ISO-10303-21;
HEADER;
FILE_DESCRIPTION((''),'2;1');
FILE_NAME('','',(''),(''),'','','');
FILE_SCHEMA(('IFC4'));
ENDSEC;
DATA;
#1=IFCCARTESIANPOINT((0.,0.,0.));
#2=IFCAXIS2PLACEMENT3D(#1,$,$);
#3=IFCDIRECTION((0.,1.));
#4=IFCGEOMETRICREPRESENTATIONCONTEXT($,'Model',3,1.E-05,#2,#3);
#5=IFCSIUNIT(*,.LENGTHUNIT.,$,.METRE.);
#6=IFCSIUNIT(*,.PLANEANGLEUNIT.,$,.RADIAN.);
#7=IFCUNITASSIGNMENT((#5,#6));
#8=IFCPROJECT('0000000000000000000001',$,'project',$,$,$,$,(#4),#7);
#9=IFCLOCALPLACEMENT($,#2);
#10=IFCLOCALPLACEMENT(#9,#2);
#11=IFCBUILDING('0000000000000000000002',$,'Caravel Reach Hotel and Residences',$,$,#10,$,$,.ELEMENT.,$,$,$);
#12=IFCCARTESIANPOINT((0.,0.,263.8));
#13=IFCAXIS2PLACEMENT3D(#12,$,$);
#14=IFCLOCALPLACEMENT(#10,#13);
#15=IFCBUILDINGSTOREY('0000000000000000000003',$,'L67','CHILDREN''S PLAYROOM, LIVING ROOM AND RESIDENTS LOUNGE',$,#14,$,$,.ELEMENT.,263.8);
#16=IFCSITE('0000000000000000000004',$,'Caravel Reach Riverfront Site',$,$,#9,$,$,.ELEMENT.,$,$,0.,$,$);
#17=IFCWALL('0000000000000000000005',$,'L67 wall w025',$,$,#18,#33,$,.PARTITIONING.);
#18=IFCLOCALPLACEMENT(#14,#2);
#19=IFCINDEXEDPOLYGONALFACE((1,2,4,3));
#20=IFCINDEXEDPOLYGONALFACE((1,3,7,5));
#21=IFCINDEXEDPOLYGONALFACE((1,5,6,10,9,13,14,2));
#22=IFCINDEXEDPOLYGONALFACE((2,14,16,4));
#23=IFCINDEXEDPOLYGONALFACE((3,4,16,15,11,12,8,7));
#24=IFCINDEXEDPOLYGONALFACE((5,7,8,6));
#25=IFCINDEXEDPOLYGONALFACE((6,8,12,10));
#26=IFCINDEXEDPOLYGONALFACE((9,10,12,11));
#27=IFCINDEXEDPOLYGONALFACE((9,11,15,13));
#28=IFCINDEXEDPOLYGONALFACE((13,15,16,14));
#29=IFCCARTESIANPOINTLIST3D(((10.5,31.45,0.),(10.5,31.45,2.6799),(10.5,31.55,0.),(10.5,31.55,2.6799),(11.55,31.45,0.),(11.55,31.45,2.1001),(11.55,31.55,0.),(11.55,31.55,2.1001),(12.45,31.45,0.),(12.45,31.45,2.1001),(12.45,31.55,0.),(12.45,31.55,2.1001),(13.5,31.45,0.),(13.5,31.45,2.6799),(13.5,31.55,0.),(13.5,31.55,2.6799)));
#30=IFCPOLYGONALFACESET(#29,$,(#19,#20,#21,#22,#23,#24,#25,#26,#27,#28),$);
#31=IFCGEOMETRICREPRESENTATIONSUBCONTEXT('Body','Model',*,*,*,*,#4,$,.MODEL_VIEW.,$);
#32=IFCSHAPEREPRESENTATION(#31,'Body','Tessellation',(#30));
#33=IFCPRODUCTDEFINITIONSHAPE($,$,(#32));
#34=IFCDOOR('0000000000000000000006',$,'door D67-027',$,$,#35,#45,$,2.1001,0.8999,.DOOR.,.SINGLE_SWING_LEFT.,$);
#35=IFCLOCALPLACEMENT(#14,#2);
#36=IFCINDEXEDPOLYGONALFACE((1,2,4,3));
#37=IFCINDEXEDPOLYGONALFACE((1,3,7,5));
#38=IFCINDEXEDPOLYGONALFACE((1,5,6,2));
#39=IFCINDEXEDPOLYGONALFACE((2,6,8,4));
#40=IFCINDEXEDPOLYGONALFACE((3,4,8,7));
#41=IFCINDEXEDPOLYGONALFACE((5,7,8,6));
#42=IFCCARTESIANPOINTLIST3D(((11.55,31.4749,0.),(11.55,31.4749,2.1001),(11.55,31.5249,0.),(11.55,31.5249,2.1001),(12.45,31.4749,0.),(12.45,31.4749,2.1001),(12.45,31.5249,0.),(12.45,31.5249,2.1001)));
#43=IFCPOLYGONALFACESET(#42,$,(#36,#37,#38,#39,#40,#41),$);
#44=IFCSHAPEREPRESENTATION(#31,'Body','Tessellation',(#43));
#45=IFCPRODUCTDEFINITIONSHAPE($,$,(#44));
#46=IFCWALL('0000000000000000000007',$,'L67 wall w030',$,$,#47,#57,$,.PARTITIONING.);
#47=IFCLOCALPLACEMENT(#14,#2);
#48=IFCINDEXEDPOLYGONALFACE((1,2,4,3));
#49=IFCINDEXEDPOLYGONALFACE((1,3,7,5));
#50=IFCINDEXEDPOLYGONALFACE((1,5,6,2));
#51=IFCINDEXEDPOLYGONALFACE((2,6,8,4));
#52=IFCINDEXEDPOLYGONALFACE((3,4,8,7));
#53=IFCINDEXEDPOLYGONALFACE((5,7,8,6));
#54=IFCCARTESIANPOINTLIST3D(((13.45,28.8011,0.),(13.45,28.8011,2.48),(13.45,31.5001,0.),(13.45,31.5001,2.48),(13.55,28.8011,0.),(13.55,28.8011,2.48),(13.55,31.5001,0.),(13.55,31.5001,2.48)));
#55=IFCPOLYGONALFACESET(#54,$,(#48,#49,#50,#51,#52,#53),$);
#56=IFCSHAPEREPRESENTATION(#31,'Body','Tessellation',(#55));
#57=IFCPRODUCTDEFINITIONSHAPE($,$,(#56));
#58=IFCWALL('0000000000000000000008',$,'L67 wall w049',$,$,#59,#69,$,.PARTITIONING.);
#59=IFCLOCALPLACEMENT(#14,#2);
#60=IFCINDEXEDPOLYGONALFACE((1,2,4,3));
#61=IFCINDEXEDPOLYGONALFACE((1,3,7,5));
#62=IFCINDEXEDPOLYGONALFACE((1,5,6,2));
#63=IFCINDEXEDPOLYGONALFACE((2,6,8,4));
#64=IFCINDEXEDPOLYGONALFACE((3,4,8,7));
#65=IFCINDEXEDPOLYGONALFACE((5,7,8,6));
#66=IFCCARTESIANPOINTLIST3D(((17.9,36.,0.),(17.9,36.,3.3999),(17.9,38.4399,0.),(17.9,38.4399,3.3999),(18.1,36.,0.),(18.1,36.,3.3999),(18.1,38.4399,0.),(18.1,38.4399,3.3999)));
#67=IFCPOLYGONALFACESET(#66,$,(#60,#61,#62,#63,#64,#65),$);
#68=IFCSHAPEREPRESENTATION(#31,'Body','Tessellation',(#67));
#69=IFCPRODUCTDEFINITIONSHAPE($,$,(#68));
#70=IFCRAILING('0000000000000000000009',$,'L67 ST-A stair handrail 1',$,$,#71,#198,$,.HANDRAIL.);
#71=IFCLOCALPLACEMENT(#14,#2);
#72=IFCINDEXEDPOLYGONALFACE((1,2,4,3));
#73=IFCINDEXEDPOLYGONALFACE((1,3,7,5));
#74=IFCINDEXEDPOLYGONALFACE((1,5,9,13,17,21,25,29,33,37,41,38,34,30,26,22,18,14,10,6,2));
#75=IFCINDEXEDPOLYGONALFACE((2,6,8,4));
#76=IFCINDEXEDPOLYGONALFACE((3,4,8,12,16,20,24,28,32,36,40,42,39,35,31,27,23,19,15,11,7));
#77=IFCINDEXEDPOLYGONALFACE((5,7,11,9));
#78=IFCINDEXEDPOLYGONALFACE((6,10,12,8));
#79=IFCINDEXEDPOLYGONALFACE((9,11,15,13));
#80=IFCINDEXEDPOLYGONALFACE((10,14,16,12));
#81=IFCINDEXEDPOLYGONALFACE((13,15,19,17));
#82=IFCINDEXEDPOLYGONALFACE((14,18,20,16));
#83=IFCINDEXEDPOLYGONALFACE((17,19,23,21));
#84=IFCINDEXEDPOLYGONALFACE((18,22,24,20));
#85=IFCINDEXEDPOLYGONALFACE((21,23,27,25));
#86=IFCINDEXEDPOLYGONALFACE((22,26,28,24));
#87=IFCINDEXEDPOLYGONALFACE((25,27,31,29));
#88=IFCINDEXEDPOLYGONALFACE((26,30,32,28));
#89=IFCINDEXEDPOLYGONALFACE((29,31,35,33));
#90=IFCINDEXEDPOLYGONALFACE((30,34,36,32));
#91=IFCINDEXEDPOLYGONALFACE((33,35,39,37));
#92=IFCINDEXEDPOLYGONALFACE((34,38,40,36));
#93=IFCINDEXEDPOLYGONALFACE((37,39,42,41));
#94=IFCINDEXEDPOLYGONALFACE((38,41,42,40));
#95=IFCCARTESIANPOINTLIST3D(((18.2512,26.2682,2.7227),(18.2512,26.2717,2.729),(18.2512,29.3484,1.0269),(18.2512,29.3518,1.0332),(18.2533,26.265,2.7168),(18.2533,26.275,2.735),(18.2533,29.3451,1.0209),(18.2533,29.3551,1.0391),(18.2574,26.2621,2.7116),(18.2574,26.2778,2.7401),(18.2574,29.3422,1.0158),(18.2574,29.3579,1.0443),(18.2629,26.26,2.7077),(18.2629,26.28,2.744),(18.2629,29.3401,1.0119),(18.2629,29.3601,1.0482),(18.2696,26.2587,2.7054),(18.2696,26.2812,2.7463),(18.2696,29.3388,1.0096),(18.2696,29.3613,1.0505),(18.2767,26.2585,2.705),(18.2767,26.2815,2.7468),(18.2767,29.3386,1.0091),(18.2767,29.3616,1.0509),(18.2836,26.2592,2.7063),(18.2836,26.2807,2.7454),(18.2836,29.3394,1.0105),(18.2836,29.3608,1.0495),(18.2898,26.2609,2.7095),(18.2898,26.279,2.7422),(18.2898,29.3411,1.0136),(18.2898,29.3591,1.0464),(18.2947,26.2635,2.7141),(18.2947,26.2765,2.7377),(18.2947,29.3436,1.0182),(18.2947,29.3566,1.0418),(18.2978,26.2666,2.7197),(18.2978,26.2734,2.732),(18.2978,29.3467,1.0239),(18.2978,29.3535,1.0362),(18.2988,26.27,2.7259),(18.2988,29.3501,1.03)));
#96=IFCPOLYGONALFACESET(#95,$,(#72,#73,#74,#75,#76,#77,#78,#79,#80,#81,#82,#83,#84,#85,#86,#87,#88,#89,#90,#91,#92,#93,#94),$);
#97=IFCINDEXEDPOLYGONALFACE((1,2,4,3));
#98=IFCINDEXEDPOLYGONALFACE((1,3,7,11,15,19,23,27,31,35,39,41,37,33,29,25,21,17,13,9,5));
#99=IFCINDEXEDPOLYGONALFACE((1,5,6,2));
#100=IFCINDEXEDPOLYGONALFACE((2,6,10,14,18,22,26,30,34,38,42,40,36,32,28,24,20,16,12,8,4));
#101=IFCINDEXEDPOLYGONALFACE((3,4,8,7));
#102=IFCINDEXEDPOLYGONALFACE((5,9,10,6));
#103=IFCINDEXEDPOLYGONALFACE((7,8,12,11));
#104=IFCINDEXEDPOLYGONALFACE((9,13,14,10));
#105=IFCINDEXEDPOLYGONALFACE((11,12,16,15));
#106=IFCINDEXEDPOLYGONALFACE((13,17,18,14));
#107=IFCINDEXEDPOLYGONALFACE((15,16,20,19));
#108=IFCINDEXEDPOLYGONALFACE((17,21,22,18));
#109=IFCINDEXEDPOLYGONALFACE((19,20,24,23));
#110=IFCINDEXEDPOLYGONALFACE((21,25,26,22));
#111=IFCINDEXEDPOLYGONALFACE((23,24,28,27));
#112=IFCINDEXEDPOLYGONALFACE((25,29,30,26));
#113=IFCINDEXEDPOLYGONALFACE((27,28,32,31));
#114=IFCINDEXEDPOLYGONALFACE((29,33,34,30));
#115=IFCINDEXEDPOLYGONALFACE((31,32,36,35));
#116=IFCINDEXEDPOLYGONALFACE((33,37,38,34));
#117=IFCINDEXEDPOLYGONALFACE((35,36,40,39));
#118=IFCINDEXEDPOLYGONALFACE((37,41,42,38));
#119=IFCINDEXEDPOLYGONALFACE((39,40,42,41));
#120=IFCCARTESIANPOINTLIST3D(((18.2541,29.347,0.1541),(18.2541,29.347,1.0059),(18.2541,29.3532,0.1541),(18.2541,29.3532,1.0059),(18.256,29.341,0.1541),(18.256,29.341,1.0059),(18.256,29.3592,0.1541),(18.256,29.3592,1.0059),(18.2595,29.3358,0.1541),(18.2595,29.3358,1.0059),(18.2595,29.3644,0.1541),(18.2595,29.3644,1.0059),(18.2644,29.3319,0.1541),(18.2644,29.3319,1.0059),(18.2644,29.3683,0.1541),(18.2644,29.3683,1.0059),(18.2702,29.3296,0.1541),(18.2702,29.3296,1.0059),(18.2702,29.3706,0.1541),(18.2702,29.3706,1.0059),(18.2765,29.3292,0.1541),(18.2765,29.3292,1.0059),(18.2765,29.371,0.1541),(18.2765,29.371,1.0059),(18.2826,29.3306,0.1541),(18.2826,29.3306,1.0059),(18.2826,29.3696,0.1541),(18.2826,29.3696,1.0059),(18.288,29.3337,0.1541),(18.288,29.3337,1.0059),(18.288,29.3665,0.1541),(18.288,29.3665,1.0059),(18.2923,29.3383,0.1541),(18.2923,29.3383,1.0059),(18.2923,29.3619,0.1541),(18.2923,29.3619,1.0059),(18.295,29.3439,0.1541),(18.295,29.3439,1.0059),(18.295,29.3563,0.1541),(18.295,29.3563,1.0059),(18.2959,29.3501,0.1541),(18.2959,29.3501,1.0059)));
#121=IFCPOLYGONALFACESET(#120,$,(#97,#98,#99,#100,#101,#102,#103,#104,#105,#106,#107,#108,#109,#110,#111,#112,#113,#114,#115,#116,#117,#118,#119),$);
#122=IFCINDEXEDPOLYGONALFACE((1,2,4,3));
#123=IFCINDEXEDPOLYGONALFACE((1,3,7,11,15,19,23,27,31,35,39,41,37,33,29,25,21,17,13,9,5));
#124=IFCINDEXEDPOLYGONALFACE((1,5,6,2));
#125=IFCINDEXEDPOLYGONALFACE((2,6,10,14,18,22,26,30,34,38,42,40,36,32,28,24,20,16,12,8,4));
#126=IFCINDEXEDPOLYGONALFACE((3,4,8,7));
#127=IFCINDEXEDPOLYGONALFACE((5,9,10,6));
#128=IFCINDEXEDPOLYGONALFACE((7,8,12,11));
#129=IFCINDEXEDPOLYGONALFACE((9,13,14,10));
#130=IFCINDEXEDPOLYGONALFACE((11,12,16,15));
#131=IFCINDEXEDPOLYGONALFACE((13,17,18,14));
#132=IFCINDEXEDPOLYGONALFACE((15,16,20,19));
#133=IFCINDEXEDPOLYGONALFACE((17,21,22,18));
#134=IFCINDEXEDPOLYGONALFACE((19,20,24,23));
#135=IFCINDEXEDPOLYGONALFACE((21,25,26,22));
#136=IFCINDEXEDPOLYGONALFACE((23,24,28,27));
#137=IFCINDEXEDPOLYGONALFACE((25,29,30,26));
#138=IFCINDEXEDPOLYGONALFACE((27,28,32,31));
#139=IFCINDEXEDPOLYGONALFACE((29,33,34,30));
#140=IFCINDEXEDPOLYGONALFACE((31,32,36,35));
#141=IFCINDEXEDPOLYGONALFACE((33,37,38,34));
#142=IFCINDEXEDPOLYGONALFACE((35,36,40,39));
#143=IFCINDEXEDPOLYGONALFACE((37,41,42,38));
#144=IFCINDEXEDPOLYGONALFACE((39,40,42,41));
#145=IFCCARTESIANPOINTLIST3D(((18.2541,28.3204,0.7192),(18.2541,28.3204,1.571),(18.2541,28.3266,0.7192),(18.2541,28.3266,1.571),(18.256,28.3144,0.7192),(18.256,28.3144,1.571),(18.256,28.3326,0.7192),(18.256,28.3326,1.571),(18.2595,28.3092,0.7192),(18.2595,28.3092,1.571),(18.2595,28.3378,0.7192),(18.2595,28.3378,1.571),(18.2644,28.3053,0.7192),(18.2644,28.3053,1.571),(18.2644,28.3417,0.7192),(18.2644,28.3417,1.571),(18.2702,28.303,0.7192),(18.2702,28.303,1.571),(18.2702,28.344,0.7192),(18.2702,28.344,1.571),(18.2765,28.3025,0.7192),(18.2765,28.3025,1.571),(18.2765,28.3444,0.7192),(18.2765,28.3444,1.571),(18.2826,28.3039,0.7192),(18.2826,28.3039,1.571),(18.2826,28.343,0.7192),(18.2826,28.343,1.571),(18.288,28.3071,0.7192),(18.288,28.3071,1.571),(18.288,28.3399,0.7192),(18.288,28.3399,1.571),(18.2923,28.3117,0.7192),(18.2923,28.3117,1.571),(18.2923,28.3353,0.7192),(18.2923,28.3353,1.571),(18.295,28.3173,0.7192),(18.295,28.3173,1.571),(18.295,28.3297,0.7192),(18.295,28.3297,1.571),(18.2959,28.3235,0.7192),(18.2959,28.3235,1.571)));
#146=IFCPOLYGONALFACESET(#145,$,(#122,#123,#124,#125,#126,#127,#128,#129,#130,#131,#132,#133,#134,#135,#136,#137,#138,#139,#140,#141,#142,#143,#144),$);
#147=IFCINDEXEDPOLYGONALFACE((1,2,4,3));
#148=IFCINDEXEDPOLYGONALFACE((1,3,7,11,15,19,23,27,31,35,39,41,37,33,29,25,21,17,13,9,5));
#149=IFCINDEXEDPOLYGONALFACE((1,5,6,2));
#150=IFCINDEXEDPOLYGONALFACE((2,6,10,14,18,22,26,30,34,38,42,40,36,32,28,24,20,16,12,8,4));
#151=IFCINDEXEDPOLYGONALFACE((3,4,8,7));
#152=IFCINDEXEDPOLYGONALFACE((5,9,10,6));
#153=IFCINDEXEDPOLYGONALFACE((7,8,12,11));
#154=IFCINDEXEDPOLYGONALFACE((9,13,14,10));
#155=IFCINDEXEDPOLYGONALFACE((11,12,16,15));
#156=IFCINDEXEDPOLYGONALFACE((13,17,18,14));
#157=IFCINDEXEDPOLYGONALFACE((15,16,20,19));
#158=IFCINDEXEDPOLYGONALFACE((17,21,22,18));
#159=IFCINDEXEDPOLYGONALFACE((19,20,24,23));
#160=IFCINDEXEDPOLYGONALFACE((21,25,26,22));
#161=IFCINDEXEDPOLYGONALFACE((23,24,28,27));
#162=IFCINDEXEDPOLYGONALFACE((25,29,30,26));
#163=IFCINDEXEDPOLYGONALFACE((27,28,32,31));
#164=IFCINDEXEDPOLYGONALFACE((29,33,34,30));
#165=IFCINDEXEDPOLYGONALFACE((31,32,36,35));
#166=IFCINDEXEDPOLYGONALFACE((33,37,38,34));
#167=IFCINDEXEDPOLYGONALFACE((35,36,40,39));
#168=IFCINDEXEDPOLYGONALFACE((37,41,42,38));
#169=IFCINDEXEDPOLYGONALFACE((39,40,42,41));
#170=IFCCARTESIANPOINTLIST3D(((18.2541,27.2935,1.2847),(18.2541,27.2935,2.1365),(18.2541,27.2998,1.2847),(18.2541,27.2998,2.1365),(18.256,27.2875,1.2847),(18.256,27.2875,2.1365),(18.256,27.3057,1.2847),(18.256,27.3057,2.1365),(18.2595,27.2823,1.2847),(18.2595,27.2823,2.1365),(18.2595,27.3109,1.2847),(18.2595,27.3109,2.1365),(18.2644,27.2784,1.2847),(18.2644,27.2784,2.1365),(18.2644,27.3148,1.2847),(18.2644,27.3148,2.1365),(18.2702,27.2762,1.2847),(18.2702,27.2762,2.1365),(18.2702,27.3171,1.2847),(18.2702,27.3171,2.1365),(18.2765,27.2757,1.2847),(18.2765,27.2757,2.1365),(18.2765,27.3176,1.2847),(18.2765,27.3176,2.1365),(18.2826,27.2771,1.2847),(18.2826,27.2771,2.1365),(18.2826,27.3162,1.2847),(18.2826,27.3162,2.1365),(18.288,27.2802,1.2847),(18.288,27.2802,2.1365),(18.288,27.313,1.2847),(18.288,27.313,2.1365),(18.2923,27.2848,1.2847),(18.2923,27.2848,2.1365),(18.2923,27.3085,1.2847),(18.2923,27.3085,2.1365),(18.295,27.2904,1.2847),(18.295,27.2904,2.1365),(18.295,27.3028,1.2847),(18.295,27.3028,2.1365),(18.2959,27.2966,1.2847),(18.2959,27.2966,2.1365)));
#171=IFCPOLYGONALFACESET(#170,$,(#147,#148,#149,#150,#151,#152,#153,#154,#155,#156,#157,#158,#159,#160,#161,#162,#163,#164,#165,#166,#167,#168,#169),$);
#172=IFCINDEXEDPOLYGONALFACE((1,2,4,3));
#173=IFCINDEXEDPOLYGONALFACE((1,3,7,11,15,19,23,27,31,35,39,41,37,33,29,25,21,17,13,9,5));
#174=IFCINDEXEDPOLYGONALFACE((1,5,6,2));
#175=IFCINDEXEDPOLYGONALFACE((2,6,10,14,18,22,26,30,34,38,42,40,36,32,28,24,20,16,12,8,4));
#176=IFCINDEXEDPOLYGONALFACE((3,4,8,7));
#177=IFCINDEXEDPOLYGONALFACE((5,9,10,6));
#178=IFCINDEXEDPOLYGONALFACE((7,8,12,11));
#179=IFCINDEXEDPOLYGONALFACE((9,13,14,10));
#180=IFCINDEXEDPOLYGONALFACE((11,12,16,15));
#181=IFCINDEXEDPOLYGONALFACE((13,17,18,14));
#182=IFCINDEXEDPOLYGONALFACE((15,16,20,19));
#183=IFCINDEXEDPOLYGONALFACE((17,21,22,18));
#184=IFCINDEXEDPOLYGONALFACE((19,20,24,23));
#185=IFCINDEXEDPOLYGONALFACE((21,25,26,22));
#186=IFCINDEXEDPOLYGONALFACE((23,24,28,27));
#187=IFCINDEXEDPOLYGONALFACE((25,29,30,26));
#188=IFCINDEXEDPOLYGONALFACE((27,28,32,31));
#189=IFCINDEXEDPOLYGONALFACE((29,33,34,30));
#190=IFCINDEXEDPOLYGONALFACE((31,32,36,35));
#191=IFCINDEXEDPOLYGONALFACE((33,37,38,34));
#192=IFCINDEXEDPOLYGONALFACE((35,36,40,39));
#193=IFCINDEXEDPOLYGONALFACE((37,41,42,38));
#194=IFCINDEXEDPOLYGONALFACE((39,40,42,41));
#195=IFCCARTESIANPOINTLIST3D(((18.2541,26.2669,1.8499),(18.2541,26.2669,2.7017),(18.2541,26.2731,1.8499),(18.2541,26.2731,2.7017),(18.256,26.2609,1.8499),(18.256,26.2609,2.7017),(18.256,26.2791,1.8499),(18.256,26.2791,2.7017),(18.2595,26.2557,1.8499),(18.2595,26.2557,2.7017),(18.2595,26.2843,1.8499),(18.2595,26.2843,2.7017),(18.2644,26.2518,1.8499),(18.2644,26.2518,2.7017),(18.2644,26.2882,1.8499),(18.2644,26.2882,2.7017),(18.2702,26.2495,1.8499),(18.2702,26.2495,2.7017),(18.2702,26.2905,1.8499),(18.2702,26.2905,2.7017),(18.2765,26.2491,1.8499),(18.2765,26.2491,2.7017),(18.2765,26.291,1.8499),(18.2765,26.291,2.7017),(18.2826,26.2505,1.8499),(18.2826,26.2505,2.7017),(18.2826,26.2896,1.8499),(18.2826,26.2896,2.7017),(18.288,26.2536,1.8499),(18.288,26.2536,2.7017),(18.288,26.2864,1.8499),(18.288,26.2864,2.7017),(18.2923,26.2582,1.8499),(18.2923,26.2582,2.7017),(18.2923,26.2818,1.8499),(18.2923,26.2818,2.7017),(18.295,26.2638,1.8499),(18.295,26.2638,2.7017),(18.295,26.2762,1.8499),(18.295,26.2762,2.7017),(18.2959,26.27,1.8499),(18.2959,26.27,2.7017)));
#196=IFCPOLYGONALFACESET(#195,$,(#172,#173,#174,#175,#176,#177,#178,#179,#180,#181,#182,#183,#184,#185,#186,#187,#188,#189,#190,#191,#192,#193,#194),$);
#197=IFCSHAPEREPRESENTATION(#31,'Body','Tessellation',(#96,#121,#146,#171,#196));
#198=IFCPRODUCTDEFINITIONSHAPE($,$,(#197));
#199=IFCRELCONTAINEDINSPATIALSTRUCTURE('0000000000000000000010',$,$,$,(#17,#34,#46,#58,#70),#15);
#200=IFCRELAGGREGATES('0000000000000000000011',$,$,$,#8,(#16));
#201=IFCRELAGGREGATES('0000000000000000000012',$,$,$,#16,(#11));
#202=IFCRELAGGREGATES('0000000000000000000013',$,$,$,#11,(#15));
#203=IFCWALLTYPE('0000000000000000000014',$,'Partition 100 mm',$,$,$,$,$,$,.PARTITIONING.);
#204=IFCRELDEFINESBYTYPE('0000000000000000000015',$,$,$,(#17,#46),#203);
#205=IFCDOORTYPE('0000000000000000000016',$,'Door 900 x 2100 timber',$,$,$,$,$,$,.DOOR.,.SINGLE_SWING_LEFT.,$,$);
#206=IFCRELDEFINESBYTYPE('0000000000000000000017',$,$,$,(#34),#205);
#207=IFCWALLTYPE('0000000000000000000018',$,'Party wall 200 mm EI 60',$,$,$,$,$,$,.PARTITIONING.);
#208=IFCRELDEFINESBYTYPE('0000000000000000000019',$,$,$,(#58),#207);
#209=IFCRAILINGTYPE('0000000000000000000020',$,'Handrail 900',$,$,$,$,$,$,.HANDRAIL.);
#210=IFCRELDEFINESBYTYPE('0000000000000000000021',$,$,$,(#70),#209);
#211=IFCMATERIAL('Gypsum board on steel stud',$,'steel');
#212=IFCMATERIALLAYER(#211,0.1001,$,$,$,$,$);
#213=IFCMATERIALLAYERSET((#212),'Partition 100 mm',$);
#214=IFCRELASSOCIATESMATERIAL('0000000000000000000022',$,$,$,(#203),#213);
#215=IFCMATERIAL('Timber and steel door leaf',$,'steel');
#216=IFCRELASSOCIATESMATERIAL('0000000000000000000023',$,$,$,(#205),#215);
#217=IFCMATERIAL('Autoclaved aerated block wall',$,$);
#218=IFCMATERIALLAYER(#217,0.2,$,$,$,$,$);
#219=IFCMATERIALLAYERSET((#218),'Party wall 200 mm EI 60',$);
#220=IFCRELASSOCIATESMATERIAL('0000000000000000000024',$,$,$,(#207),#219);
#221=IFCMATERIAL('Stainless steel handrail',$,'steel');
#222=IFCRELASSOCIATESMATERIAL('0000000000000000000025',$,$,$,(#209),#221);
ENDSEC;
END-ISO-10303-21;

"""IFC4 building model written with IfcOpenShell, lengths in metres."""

from ifc_helpers import new_model, si_unit, direction, frame, frame_2d, origin, origin_2d, place, context, subcontext, project, spatial, rectangle, circle, extrude, material, layer, layer_set, type_object, element, fill, save


model = new_model("IFC4")

# Units and contexts
model_context = context("Model", 3, precision=1e-05, world=origin(), true_north=direction((0.0, 1.0)))
body_context = subcontext(model_context, "Body", "Model", "MODEL_VIEW")
ifc_project = project(units=[si_unit("LENGTHUNIT", "METRE"), si_unit("PLANEANGLEUNIT", "RADIAN")], contexts=[model_context])

# Site, building, storey
site_placement = place(None, origin())
site = spatial("IfcSite", under=ifc_project, at=site_placement, Name="Caravel Reach Riverfront Site", CompositionType="ELEMENT", RefElevation=0.0)
building_placement = place(site_placement, origin())
building = spatial("IfcBuilding", under=site, at=building_placement, Name="Caravel Reach Hotel and Residences", CompositionType="ELEMENT")
storey_placement = place(building_placement, frame((0.0, 0.0, 263.8)))
storey = spatial("IfcBuildingStorey", under=building, at=storey_placement, Name="L67", Description="CHILDREN'S PLAYROOM, LIVING ROOM AND RESIDENTS LOUNGE", CompositionType="ELEMENT", Elevation=263.8)

# Wall, opening, door
ifc_material_1 = material(Name="Gypsum board on steel stud", Category="steel")
ifc_layer_1 = layer(ifc_material_1, 0.1001)
ifc_layer_set_1 = layer_set([ifc_layer_1], Name="Partition 100 mm")
wall_type_1 = type_object("IfcWallType", Name="Partition 100 mm", PredefinedType="PARTITIONING", material=ifc_layer_set_1)
wall_1_placement = place(storey_placement, frame((10.5, 31.5, 0.0), z_axis=(0.0, 0.0, 1.0), x_axis=(1.0, 0.0, 0.0)))
wall_1 = element("IfcWall", 1, at=wall_1_placement, inside=storey, type_object=wall_type_1, Name="L67 wall w025", PredefinedType="PARTITIONING", context=body_context, shape_type="SweptSolid", body=[
    extrude(rectangle(XDim=3.0, YDim=0.1001, at=frame_2d((1.5, 0.0))), origin(), (0.0, 0.0, 1.0), 2.6799),
])
opening_1_placement = place(wall_1_placement, frame((1.05, 0.0, 0.0)))
opening_1 = element("IfcOpeningElement", 2, at=opening_1_placement, cuts=wall_1, PredefinedType="OPENING", context=body_context, shape_type="SweptSolid", body=[
    extrude(rectangle(XDim=0.8999, YDim=2.1001, at=frame_2d((0.45, 1.05))), frame((0.0, 0.0601, 0.0), z_axis=(0.0, -1.0, 0.0), x_axis=(1.0, 0.0, 0.0)), (0.0, 0.0, 1.0), 0.1201),
])
ifc_material_2 = material(Name="Timber and steel door leaf", Category="steel")
door_type_1 = type_object("IfcDoorType", Name="Door 900 x 2100 timber", OperationType="SINGLE_SWING_LEFT", PredefinedType="DOOR", material=ifc_material_2)
door_1_placement = place(opening_1_placement, origin())
door_1 = element("IfcDoor", 3, at=door_1_placement, inside=storey, type_object=door_type_1, Name="door D67-027", OperationType="SINGLE_SWING_LEFT", OverallHeight=2.1001, OverallWidth=0.8999, PredefinedType="DOOR", context=body_context, shape_type="SweptSolid", body=[
    extrude(rectangle(XDim=0.8999, YDim=2.1001, at=frame_2d((0.45, 1.05))), frame((0.0, 0.0249, 0.0), z_axis=(0.0, -1.0, 0.0), x_axis=(1.0, 0.0, 0.0)), (0.0, 0.0, 1.0), 0.05),
])
fill(opening_1, door_1)

# Walls
wall_2_placement = place(storey_placement, frame((13.5, 28.801, 0.0), z_axis=(0.0, 0.0, 1.0), x_axis=(0.0, 1.0, 0.0)))
element("IfcWall", 4, at=wall_2_placement, inside=storey, type_object=wall_type_1, Name="L67 wall w030", PredefinedType="PARTITIONING", context=body_context, shape_type="SweptSolid", body=[
    extrude(rectangle(XDim=2.699, YDim=0.1001, at=frame_2d((1.3496, 0.0))), origin(), (0.0, 0.0, 1.0), 2.48),
])
ifc_material_3 = material(Name="Autoclaved aerated block wall")
ifc_layer_2 = layer(ifc_material_3, 0.2)
ifc_layer_set_2 = layer_set([ifc_layer_2], Name="Party wall 200 mm EI 60")
wall_type_2 = type_object("IfcWallType", Name="Party wall 200 mm EI 60", PredefinedType="PARTITIONING", material=ifc_layer_set_2)
wall_3_placement = place(storey_placement, frame((18.0, 36.0, 0.0), z_axis=(0.0, 0.0, 1.0), x_axis=(0.0, 1.0, 0.0)))
element("IfcWall", 5, at=wall_3_placement, inside=storey, type_object=wall_type_2, Name="L67 wall w049", PredefinedType="PARTITIONING", context=body_context, shape_type="SweptSolid", body=[
    extrude(rectangle(XDim=2.4399, YDim=0.2, at=frame_2d((1.22, 0.0))), origin(), (0.0, 0.0, 1.0), 3.3999),
])

# Railing
ifc_material_4 = material(Name="Stainless steel handrail", Category="steel")
railing_type = type_object("IfcRailingType", Name="Handrail 900", PredefinedType="HANDRAIL", material=ifc_material_4)
railing_placement = place(storey_placement, frame((18.2749, 29.3501, 0.1541)))
element("IfcRailing", 6, at=railing_placement, inside=storey, type_object=railing_type, Name="L67 ST-A stair handrail 1", PredefinedType="HANDRAIL", context=body_context, shape_type="SweptSolid", body=[
    extrude(circle(Radius=0.0239, at=origin_2d()), frame((0.0, 0.0, 0.876), z_axis=(0.0, -0.876005, 0.482303), x_axis=(1.0, 0.0, 0.0)), (0.0, 0.0, 1.0), 3.5161),
    extrude(circle(Radius=0.021, at=origin_2d()), origin(), (0.0, 0.0, 1.0), 0.8518),
    extrude(circle(Radius=0.021, at=origin_2d()), frame((0.0, -1.0266, 0.5652)), (0.0, 0.0, 1.0), 0.8518),
    extrude(circle(Radius=0.021, at=origin_2d()), frame((0.0, -2.0535, 1.1306)), (0.0, 0.0, 1.0), 0.8518),
    extrude(circle(Radius=0.021, at=origin_2d()), frame((0.0, -3.0801, 1.6958)), (0.0, 0.0, 1.0), 0.8518),
])

save(model, "model.ifc")
